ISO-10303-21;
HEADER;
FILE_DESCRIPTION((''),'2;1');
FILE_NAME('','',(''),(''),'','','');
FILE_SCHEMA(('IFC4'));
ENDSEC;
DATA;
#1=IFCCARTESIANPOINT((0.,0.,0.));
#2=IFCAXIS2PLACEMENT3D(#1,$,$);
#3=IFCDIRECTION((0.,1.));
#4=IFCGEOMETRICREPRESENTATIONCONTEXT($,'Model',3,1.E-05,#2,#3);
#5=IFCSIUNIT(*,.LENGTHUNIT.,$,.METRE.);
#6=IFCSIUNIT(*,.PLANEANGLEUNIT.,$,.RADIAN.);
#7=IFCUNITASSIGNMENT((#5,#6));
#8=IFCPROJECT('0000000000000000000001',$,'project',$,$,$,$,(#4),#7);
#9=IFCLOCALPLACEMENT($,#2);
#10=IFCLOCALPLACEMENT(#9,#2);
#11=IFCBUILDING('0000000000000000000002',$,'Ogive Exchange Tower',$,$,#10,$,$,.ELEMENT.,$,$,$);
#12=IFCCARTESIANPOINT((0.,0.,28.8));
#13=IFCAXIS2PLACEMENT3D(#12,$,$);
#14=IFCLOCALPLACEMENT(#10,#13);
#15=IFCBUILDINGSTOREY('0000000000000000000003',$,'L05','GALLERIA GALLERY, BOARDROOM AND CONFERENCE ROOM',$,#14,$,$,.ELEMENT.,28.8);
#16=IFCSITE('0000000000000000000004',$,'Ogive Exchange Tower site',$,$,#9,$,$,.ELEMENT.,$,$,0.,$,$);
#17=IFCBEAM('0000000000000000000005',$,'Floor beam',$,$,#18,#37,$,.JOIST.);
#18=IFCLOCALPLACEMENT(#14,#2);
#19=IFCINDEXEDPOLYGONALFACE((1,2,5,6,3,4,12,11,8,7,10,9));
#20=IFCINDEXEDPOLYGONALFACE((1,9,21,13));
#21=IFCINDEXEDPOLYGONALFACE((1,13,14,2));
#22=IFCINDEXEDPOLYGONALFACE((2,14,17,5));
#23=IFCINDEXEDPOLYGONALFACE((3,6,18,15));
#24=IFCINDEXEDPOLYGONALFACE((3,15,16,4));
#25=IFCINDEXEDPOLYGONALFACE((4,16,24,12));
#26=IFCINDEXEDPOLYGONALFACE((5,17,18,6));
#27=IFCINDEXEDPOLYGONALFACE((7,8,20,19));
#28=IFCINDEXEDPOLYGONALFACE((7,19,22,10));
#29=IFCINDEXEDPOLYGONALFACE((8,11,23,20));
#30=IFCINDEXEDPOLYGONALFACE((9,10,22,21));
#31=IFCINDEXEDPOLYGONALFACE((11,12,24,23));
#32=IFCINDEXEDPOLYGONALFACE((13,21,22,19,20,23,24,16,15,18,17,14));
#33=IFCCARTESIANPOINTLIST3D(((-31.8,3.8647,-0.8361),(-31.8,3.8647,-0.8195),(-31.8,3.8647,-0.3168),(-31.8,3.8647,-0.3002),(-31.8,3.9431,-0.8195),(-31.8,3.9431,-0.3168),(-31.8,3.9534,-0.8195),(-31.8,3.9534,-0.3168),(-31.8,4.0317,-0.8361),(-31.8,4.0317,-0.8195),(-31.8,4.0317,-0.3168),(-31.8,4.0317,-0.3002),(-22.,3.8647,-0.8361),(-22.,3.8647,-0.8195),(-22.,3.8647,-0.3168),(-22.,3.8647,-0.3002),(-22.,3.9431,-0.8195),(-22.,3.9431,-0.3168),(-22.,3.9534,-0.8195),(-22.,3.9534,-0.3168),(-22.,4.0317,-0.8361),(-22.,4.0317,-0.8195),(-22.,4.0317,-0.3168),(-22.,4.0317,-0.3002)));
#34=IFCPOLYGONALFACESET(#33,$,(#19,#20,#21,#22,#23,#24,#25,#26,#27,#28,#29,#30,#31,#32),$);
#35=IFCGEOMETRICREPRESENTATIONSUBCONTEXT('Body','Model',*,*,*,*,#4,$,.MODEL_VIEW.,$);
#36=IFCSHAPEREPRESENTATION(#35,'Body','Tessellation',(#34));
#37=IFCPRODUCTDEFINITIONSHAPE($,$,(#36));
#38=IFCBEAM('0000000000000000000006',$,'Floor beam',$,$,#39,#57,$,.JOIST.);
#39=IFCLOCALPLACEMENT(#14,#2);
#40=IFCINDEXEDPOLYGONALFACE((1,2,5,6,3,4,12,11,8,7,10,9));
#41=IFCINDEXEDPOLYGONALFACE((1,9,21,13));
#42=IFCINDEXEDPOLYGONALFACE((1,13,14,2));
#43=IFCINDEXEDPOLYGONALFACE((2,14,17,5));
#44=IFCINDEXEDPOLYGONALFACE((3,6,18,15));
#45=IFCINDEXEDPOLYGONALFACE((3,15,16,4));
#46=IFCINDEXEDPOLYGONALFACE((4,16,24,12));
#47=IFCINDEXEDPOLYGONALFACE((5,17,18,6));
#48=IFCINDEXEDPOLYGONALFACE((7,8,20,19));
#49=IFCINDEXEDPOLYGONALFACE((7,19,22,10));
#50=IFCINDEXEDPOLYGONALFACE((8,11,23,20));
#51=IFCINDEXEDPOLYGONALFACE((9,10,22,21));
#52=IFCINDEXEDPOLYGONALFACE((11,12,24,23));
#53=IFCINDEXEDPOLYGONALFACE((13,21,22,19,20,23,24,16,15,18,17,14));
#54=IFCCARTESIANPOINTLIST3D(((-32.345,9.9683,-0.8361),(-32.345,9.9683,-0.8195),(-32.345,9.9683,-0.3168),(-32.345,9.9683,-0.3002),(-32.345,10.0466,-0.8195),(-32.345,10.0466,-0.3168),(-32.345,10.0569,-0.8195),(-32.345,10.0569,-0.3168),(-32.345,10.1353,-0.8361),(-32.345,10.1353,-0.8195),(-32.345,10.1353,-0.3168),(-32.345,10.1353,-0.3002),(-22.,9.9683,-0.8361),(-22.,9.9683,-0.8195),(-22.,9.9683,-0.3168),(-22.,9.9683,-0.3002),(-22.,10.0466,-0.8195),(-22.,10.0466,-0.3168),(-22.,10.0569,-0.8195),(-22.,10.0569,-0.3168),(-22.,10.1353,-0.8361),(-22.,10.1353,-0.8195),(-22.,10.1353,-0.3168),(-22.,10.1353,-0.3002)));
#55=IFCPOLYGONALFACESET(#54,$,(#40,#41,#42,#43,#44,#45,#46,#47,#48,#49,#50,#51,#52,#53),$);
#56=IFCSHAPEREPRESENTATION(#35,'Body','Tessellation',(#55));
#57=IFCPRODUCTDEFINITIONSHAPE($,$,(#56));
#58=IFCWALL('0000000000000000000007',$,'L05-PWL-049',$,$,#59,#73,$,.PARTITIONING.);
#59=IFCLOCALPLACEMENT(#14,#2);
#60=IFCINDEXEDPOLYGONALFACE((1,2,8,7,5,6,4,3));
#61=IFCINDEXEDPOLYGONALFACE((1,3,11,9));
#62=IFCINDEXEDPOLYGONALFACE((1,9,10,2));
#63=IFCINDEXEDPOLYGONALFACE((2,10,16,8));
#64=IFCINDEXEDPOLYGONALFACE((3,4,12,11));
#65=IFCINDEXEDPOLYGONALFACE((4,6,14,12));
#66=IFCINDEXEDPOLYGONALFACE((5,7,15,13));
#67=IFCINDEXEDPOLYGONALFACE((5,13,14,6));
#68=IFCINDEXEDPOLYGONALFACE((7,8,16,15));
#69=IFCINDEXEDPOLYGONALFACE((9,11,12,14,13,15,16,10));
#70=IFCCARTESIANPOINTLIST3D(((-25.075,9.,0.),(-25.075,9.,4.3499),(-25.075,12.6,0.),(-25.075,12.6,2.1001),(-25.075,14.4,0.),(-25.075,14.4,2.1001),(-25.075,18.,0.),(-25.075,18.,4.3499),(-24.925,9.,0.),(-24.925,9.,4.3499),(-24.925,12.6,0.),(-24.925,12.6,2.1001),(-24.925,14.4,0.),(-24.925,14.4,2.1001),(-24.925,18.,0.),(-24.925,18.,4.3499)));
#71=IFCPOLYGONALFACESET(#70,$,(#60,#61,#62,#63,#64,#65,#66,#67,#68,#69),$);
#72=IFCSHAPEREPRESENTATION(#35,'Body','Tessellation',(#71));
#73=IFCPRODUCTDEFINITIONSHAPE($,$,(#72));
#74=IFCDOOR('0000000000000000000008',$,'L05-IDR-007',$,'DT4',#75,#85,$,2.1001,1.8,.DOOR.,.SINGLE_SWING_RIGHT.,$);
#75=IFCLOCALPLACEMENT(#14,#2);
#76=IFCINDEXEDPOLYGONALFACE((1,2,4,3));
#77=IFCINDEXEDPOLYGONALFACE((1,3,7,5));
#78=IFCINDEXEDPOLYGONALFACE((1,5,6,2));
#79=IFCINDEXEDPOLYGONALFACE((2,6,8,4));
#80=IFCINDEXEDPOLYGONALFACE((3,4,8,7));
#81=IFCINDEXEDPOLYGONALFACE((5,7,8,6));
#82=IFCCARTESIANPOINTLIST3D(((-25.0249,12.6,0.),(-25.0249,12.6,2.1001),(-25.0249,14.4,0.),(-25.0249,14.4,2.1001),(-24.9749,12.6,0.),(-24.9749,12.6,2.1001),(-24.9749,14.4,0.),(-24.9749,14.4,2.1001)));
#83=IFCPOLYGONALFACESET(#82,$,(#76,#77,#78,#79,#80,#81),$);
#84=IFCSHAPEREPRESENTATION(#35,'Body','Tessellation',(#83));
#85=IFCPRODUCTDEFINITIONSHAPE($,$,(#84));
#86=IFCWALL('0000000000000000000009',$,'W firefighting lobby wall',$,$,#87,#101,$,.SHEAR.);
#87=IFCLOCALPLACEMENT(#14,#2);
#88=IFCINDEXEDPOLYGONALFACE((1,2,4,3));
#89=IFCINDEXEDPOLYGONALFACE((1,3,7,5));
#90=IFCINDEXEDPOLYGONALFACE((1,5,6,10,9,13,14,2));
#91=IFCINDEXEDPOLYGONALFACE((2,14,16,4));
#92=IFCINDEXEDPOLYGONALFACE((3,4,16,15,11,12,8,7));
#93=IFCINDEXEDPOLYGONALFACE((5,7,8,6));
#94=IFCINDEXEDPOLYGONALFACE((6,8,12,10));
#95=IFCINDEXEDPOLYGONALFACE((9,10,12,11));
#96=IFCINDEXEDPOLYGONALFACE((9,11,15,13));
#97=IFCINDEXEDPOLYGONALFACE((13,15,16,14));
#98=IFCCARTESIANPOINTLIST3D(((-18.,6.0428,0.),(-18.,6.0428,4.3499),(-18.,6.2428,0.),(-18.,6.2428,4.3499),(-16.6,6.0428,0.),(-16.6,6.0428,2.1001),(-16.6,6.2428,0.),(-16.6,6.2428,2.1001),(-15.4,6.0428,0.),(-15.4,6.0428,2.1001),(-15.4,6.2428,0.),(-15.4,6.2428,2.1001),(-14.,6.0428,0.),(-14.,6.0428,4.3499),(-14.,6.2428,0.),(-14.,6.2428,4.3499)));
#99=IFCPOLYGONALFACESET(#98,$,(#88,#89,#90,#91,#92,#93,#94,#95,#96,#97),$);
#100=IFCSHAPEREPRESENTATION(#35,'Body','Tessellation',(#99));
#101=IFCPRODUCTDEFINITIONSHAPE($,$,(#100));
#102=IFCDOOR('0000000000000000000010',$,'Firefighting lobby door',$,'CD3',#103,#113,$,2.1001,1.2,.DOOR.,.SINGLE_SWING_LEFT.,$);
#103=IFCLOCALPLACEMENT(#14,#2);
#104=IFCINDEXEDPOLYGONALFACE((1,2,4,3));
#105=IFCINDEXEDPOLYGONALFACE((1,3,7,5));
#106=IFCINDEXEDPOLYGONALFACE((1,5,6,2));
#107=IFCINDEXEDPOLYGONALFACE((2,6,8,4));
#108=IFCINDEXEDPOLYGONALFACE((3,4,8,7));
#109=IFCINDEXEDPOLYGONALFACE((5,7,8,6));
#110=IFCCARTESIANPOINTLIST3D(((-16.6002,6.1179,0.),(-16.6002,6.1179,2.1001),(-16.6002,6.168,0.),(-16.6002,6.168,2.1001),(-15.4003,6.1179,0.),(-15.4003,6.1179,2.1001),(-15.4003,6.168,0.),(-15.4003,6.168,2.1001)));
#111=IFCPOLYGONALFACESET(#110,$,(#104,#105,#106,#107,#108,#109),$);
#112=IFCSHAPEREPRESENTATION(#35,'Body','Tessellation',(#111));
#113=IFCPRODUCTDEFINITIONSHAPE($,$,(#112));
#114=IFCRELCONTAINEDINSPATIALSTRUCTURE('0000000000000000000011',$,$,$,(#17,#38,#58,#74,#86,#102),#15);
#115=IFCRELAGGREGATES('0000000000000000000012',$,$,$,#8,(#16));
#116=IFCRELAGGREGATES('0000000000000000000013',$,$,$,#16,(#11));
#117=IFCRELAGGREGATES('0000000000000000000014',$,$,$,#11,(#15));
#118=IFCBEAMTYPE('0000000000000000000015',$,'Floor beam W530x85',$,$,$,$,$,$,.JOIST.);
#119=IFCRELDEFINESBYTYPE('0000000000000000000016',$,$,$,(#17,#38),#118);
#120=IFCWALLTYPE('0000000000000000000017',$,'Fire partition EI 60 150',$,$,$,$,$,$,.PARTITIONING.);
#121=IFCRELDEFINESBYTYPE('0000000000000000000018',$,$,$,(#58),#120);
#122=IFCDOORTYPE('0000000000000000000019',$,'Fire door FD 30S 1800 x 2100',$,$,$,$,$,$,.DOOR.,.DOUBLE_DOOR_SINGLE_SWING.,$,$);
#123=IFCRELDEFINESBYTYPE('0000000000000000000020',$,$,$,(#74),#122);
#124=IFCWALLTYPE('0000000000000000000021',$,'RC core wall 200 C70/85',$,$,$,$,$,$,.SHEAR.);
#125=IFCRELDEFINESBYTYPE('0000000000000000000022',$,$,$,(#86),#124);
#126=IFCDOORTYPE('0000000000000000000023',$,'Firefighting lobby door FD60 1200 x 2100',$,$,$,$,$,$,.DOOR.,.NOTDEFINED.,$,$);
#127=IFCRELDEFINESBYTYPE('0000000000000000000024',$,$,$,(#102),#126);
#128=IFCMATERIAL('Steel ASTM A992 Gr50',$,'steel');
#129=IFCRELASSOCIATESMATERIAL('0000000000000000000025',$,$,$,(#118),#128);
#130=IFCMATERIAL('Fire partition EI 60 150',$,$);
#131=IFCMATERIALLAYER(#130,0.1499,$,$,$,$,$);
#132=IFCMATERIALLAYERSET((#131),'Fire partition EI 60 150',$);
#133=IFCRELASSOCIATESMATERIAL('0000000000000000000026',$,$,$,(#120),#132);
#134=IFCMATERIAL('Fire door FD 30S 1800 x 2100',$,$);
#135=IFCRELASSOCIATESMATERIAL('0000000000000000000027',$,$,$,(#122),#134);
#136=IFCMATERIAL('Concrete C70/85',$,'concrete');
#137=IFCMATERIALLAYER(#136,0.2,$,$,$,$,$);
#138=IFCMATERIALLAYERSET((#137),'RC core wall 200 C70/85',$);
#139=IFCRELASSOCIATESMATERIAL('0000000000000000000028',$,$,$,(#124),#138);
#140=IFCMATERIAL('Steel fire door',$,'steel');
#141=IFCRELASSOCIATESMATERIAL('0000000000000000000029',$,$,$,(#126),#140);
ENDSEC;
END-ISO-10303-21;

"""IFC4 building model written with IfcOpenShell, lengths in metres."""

from ifc_helpers import new_model, si_unit, direction, frame, frame_2d, origin, origin_2d, place, context, subcontext, project, spatial, rectangle, i_section, extrude, material, layer, layer_set, material_profile, profile_set, type_object, element, fill, save


model = new_model("IFC4")

# Units and contexts
model_context = context("Model", 3, precision=1e-05, world=origin(), true_north=direction((0.0, 1.0)))
body_context = subcontext(model_context, "Body", "Model", "MODEL_VIEW")
ifc_project = project(units=[si_unit("LENGTHUNIT", "METRE"), si_unit("PLANEANGLEUNIT", "RADIAN")], contexts=[model_context])

# Site, building, storey
site_placement = place(None, origin())
site = spatial("IfcSite", under=ifc_project, at=site_placement, Name="Ogive Exchange Tower site", CompositionType="ELEMENT", RefElevation=0.0)
building_placement = place(site_placement, origin())
building = spatial("IfcBuilding", under=site, at=building_placement, Name="Ogive Exchange Tower", CompositionType="ELEMENT")
storey_placement = place(building_placement, frame((0.0, 0.0, 28.8)))
storey = spatial("IfcBuildingStorey", under=building, at=storey_placement, Name="L05", Description="GALLERIA GALLERY, BOARDROOM AND CONFERENCE ROOM", CompositionType="ELEMENT", Elevation=28.8)

# Beams
ifc_material_1 = material(Name="Steel ASTM A992 Gr50", Category="steel")
ifc_material_profile = material_profile(ifc_material_1, i_section(OverallWidth=0.167, OverallDepth=0.5359, WebThickness=0.0103, FlangeThickness=0.0166, at=origin_2d()), Name="W530x85")
ifc_profile_set = profile_set([ifc_material_profile], Name="Steel ASTM A992 Gr50")
beam_type = type_object("IfcBeamType", Name="Floor beam W530x85", PredefinedType="JOIST", material=ifc_profile_set)
beam_1_placement = place(storey_placement, frame((-31.8, 3.9482, -0.5681), z_axis=(1.0, 0.0, 0.0), x_axis=(0.0, 1.0, 0.0)))
element("IfcBeam", 1, at=beam_1_placement, inside=storey, type_object=beam_type, Name="Floor beam", PredefinedType="JOIST", context=body_context, shape_type="SweptSolid", body=[
    extrude(i_section(OverallWidth=0.167, OverallDepth=0.5359, WebThickness=0.0103, FlangeThickness=0.0166, at=origin_2d()), origin(), (0.0, 0.0, 1.0), 9.8),
])
beam_2_placement = place(storey_placement, frame((-32.345, 10.0518, -0.5681), z_axis=(1.0, 0.0, 0.0), x_axis=(0.0, 1.0, 0.0)))
element("IfcBeam", 2, at=beam_2_placement, inside=storey, type_object=beam_type, Name="Floor beam", PredefinedType="JOIST", context=body_context, shape_type="SweptSolid", body=[
    extrude(i_section(OverallWidth=0.167, OverallDepth=0.5359, WebThickness=0.0103, FlangeThickness=0.0166, at=origin_2d()), origin(), (0.0, 0.0, 1.0), 10.345),
])

# Walls, openings, doors
ifc_material_2 = material(Name="Fire partition EI 60 150")
ifc_layer_1 = layer(ifc_material_2, 0.1499)
ifc_layer_set_1 = layer_set([ifc_layer_1], Name="Fire partition EI 60 150")
wall_type_1 = type_object("IfcWallType", Name="Fire partition EI 60 150", PredefinedType="PARTITIONING", material=ifc_layer_set_1)
wall_1_placement = place(storey_placement, frame((-25.0, 9.0, 0.0), z_axis=(0.0, 0.0, 1.0), x_axis=(0.0, 1.0, 0.0)))
wall_1 = element("IfcWall", 3, at=wall_1_placement, inside=storey, type_object=wall_type_1, Name="L05-PWL-049", PredefinedType="PARTITIONING", context=body_context, shape_type="SweptSolid", body=[
    extrude(rectangle(XDim=9.0, YDim=0.1499, at=frame_2d((4.5, 0.0))), origin(), (0.0, 0.0, 1.0), 4.3499),
])
opening_1_placement = place(wall_1_placement, frame((3.6001, 0.0, 0.0)))
opening_1 = element("IfcOpeningElement", 4, at=opening_1_placement, cuts=wall_1, PredefinedType="OPENING", context=body_context, shape_type="SweptSolid", body=[
    extrude(rectangle(XDim=1.8, YDim=2.1001, at=frame_2d((0.8999, 1.05))), frame((0.0, 0.085, 0.0), z_axis=(0.0, -1.0, 0.0), x_axis=(1.0, 0.0, 0.0)), (0.0, 0.0, 1.0), 0.1699),
])
ifc_material_3 = material(Name="Fire door FD 30S 1800 x 2100")
door_type_1 = type_object("IfcDoorType", Name="Fire door FD 30S 1800 x 2100", OperationType="DOUBLE_DOOR_SINGLE_SWING", PredefinedType="DOOR", material=ifc_material_3)
door_1_placement = place(opening_1_placement, origin())
door_1 = element("IfcDoor", 5, at=door_1_placement, inside=storey, type_object=door_type_1, Name="L05-IDR-007", ObjectType="DT4", OperationType="SINGLE_SWING_RIGHT", OverallHeight=2.1001, OverallWidth=1.8, PredefinedType="DOOR", context=body_context, shape_type="SweptSolid", body=[
    extrude(rectangle(XDim=1.8, YDim=2.1001, at=frame_2d((0.8999, 1.05))), frame((0.0, 0.0249, 0.0), z_axis=(0.0, -1.0, 0.0), x_axis=(1.0, 0.0, 0.0)), (0.0, 0.0, 1.0), 0.05),
])
fill(opening_1, door_1)
ifc_material_4 = material(Name="Concrete C70/85", Category="concrete")
ifc_layer_2 = layer(ifc_material_4, 0.2)
ifc_layer_set_2 = layer_set([ifc_layer_2], Name="RC core wall 200 C70/85")
wall_type_2 = type_object("IfcWallType", Name="RC core wall 200 C70/85", PredefinedType="SHEAR", material=ifc_layer_set_2)
wall_2_placement = place(storey_placement, frame((-18.0, 6.1428, 0.0), z_axis=(0.0, 0.0, 1.0), x_axis=(1.0, 0.0, 0.0)))
wall_2 = element("IfcWall", 6, at=wall_2_placement, inside=storey, type_object=wall_type_2, Name="W firefighting lobby wall", PredefinedType="SHEAR", context=body_context, shape_type="SweptSolid", body=[
    extrude(rectangle(XDim=4.0, YDim=0.2, at=frame_2d((2.0, 0.0))), origin(), (0.0, 0.0, 1.0), 4.3499),
])
opening_2_placement = place(wall_2_placement, frame((1.3999, 0.0, 0.0)))
opening_2 = element("IfcOpeningElement", 7, at=opening_2_placement, cuts=wall_2, PredefinedType="OPENING", context=body_context, shape_type="SweptSolid", body=[
    extrude(rectangle(XDim=1.2, YDim=2.1001, at=frame_2d((0.6001, 1.05))), frame((0.0, 0.1099, 0.0), z_axis=(0.0, -1.0, 0.0), x_axis=(1.0, 0.0, 0.0)), (0.0, 0.0, 1.0), 0.22),
])
ifc_material_5 = material(Name="Steel fire door", Category="steel")
door_type_2 = type_object("IfcDoorType", Name="Firefighting lobby door FD60 1200 x 2100", OperationType="NOTDEFINED", PredefinedType="DOOR", material=ifc_material_5)
door_2_placement = place(opening_2_placement, frame((1.2, 0.0, 0.0), z_axis=(0.0, 0.0, 1.0), x_axis=(-1.0, 0.0, 0.0)))
door_2 = element("IfcDoor", 8, at=door_2_placement, inside=storey, type_object=door_type_2, Name="Firefighting lobby door", ObjectType="CD3", OperationType="SINGLE_SWING_LEFT", OverallHeight=2.1001, OverallWidth=1.2, PredefinedType="DOOR", context=body_context, shape_type="SweptSolid", body=[
    extrude(rectangle(XDim=1.2, YDim=2.1001, at=frame_2d((0.6001, 1.05))), frame((0.0, 0.0249, 0.0), z_axis=(0.0, -1.0, 0.0), x_axis=(1.0, 0.0, 0.0)), (0.0, 0.0, 1.0), 0.05),
])
fill(opening_2, door_2)

save(model, "model.ifc")
